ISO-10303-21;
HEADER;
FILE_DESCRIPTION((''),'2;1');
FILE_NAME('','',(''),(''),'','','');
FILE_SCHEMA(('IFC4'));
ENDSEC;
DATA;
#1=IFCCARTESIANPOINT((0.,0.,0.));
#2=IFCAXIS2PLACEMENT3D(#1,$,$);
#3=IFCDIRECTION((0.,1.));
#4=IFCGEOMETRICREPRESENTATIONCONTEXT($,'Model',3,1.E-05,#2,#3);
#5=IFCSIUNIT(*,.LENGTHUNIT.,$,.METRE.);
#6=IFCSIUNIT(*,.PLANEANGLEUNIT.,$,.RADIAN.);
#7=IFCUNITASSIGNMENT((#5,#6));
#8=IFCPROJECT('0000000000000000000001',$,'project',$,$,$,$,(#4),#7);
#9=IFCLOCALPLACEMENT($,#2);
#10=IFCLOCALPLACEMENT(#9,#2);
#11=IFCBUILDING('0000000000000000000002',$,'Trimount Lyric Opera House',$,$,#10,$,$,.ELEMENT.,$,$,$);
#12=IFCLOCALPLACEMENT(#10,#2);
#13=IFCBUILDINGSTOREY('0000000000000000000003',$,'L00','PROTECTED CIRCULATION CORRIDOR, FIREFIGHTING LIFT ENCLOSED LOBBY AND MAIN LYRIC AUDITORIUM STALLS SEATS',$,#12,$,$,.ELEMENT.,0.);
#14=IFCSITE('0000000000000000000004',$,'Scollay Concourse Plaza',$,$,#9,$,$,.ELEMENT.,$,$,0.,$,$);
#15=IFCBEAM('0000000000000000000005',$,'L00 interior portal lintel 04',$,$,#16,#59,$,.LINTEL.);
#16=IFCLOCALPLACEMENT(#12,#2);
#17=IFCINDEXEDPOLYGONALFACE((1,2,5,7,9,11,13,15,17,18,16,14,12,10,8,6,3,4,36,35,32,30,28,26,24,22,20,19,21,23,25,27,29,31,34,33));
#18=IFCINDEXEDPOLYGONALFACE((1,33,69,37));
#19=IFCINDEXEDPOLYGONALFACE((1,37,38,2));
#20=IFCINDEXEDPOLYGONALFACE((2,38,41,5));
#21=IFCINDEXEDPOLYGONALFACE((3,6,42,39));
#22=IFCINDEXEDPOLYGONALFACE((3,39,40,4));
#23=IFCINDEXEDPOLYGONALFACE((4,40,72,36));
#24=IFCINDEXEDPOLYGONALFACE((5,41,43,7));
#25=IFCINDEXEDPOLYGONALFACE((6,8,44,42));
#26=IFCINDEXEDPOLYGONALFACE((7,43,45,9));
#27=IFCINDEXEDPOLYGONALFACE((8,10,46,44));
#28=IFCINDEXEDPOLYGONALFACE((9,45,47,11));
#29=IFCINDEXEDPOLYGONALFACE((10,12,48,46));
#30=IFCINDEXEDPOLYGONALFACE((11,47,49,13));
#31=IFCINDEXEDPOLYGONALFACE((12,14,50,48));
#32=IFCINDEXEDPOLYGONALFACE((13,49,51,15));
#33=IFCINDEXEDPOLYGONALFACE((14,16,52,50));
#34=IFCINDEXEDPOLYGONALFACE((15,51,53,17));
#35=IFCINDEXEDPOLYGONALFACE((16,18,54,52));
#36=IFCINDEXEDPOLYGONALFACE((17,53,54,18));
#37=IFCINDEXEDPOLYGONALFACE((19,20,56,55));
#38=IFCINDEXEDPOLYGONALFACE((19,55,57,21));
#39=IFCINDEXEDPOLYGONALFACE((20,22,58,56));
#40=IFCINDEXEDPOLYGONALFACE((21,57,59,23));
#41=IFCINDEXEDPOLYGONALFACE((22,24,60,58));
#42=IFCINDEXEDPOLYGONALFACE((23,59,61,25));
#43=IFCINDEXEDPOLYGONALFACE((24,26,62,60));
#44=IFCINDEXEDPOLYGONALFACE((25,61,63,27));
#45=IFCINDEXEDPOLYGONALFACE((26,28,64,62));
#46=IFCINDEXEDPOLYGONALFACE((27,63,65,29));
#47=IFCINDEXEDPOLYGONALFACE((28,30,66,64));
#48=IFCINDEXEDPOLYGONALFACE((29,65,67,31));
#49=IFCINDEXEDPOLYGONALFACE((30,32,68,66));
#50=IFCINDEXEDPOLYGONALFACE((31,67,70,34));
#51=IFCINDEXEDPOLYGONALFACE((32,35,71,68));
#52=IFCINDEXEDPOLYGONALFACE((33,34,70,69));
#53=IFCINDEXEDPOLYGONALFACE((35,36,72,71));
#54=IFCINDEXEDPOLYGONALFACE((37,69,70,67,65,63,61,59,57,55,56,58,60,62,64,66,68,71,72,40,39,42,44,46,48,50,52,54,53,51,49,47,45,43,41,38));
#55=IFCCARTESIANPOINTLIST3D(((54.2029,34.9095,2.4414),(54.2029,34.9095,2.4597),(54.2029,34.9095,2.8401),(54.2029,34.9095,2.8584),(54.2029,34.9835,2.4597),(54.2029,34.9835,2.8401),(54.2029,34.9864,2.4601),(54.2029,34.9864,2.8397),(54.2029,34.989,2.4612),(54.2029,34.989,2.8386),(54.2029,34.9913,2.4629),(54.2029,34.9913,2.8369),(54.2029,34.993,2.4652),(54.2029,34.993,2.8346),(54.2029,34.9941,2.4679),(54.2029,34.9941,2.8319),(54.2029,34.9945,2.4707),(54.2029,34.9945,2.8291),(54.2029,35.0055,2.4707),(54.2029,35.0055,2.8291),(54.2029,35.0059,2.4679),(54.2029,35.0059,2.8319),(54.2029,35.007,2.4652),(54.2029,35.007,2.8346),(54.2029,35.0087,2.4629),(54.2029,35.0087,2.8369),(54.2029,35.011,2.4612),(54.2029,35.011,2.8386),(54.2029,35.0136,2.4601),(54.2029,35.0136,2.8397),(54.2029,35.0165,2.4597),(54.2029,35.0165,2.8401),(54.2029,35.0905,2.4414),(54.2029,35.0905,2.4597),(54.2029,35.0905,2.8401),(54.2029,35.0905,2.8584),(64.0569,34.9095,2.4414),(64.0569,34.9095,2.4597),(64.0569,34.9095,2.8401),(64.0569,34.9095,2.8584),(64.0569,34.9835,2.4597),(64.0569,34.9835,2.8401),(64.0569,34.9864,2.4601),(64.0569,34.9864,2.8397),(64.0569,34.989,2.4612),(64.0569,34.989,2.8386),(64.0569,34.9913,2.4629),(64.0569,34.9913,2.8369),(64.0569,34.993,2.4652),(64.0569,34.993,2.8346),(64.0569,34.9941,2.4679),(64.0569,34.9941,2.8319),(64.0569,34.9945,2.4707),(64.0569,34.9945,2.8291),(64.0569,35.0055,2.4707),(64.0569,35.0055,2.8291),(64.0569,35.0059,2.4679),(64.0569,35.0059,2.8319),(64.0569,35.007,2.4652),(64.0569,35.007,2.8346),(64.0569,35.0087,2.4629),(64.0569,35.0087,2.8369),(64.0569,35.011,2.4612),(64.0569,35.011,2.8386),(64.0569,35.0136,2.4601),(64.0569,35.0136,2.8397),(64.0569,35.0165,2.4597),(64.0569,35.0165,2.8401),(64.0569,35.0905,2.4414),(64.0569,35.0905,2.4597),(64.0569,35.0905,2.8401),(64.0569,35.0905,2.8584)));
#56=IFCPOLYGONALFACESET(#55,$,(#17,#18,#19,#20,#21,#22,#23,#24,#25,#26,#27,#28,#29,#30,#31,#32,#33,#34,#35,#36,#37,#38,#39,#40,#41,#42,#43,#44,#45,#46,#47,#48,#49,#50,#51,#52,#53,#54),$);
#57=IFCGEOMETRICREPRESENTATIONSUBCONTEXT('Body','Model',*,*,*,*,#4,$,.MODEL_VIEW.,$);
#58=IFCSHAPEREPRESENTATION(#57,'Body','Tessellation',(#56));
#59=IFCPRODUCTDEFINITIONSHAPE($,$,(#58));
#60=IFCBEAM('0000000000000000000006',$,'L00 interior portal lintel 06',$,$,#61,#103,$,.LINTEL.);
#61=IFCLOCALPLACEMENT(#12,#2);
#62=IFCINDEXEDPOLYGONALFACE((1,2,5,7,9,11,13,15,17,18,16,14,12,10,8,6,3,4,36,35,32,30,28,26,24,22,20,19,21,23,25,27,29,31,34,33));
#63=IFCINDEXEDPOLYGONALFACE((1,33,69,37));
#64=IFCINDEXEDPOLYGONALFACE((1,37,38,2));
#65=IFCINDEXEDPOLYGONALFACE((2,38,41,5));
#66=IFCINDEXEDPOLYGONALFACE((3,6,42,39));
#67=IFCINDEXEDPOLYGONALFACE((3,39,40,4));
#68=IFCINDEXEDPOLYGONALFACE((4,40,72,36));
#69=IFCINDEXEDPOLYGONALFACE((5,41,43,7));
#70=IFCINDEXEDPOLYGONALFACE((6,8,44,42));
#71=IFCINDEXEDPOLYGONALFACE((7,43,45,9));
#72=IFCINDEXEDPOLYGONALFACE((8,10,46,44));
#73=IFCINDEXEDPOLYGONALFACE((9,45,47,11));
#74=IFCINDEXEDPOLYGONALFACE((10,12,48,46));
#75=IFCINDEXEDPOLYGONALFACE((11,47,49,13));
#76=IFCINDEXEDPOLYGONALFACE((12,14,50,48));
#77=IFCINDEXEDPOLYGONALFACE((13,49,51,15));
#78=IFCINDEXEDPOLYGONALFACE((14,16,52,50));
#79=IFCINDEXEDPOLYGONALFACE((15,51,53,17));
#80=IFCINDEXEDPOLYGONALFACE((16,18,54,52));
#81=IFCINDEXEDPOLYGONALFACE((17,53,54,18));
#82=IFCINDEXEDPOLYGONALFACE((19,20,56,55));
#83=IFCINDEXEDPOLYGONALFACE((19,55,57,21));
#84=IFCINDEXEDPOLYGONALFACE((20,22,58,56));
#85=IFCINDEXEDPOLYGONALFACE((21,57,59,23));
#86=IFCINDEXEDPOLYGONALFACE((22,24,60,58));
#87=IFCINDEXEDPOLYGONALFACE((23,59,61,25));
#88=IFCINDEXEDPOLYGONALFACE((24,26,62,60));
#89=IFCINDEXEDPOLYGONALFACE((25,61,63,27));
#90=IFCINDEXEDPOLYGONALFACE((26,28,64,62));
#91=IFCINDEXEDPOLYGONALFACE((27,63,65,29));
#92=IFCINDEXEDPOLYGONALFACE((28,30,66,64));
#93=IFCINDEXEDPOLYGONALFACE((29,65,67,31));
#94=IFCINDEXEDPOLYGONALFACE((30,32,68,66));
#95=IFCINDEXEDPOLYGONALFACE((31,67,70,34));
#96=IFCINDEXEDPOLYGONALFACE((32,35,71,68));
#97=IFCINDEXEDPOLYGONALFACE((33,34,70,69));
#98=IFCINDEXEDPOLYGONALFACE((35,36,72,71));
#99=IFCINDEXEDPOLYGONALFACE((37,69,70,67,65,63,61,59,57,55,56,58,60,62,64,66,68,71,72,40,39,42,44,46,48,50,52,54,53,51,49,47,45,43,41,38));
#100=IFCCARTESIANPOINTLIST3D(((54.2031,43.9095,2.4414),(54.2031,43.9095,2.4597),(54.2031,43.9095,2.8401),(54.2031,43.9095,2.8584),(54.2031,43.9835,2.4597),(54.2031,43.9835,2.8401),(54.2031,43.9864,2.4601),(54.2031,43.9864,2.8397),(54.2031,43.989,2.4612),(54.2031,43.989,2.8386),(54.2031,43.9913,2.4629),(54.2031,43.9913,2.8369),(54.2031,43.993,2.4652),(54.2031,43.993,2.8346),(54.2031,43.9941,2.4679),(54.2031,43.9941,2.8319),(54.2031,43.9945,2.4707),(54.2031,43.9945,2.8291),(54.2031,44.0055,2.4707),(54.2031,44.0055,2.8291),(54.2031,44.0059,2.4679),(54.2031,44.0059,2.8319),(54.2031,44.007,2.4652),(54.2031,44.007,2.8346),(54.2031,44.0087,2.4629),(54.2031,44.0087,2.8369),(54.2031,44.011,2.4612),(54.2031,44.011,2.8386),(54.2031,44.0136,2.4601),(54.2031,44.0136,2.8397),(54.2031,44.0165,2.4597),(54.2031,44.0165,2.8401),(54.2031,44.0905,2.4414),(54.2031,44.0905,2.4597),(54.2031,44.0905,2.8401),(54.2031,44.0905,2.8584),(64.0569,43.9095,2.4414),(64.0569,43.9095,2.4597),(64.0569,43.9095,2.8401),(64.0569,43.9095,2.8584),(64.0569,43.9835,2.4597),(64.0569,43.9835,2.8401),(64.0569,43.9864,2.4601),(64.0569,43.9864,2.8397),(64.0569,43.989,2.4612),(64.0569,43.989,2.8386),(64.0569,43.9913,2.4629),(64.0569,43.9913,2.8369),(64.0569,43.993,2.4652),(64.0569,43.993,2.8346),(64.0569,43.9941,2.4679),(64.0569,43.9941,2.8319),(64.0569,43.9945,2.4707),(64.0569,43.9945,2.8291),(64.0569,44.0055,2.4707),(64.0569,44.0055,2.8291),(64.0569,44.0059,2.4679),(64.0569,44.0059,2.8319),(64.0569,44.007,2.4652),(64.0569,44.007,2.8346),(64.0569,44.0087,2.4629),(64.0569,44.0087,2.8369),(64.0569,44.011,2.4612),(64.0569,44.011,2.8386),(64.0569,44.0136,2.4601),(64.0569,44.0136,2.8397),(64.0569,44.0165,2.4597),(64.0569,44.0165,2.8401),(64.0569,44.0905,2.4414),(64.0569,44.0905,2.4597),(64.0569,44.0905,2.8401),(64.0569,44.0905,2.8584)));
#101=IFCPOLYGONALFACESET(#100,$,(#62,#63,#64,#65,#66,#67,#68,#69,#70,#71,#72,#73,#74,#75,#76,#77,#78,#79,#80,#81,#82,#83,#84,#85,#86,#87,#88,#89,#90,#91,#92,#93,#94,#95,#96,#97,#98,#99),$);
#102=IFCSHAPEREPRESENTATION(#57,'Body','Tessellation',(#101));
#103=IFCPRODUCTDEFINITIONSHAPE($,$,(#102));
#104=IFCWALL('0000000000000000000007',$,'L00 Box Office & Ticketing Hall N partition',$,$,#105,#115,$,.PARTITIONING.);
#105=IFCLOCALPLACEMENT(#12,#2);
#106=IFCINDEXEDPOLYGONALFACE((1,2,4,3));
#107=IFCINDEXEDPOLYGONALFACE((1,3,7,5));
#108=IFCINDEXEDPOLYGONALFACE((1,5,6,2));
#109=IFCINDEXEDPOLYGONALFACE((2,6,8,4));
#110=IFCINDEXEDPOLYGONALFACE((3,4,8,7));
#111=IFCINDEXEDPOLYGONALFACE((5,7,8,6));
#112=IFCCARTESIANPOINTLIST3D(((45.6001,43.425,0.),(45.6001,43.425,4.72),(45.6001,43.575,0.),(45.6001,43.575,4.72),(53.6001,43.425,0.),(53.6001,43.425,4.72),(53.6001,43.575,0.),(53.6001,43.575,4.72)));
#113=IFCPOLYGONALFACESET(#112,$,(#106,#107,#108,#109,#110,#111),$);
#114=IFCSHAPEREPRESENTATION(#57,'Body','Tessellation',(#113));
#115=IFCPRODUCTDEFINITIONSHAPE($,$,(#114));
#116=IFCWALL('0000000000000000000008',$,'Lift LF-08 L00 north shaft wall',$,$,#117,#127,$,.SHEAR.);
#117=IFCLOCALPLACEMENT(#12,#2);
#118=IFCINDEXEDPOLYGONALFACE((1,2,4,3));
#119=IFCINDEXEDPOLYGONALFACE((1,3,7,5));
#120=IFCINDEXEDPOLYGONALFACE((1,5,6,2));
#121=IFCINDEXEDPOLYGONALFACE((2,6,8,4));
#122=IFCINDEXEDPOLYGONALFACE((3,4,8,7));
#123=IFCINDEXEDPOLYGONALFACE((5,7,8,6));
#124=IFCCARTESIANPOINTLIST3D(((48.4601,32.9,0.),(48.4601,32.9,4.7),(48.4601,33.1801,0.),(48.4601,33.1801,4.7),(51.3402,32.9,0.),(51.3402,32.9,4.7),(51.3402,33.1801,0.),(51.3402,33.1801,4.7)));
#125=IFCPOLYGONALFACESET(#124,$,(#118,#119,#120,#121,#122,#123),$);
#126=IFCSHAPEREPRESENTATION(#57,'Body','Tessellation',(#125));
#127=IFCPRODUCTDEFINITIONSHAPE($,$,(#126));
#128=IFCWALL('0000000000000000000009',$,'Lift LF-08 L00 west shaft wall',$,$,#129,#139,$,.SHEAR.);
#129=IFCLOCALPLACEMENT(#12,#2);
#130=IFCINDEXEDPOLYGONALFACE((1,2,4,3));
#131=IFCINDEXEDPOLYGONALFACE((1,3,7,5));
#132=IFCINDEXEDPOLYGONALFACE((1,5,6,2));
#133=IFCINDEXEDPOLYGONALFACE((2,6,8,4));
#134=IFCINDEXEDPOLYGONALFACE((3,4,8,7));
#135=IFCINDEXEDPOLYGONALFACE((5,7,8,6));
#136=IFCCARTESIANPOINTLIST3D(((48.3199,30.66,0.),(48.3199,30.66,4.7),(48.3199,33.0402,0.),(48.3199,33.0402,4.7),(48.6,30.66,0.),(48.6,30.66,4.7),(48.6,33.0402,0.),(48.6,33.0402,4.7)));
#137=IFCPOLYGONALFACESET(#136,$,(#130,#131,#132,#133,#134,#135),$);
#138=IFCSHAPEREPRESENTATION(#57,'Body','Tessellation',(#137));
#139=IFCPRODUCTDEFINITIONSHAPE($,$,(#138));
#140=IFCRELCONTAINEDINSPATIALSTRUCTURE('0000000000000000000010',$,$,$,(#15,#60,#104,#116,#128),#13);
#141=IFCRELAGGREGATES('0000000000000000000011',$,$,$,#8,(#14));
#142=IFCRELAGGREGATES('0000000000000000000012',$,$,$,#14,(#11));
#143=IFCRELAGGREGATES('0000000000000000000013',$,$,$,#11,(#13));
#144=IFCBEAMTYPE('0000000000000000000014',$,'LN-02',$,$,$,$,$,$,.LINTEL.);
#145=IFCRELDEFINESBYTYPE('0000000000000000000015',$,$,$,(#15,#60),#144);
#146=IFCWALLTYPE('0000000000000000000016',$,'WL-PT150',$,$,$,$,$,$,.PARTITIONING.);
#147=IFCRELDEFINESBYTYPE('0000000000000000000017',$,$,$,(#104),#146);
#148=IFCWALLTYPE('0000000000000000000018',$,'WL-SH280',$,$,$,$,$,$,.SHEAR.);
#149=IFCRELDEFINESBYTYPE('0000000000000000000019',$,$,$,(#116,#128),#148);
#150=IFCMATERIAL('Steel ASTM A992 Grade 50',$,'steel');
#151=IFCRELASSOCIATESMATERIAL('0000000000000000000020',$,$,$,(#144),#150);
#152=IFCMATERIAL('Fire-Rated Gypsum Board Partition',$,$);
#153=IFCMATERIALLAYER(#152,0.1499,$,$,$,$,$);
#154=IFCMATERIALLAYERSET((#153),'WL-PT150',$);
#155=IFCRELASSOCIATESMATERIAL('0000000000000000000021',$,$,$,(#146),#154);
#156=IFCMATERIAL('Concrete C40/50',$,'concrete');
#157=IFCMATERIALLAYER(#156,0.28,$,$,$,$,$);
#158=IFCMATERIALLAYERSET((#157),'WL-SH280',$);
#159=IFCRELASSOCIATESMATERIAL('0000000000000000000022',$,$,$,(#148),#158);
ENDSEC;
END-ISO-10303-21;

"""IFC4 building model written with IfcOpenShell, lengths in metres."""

from ifc_helpers import new_model, si_unit, direction, frame, frame_2d, origin, origin_2d, place, context, subcontext, project, spatial, rectangle, i_section, extrude, material, layer, layer_set, material_profile, profile_set, type_object, element, save


model = new_model("IFC4")

# Units and contexts
model_context = context("Model", 3, precision=1e-05, world=origin(), true_north=direction((0.0, 1.0)))
body_context = subcontext(model_context, "Body", "Model", "MODEL_VIEW")
ifc_project = project(units=[si_unit("LENGTHUNIT", "METRE"), si_unit("PLANEANGLEUNIT", "RADIAN")], contexts=[model_context])

# Site, building, storey
site_placement = place(None, origin())
site = spatial("IfcSite", under=ifc_project, at=site_placement, Name="Scollay Concourse Plaza", CompositionType="ELEMENT", RefElevation=0.0)
building_placement = place(site_placement, origin())
building = spatial("IfcBuilding", under=site, at=building_placement, Name="Trimount Lyric Opera House", CompositionType="ELEMENT")
storey_placement = place(building_placement, origin())
storey = spatial("IfcBuildingStorey", under=building, at=storey_placement, Name="L00", Description="PROTECTED CIRCULATION CORRIDOR, FIREFIGHTING LIFT ENCLOSED LOBBY AND MAIN LYRIC AUDITORIUM STALLS SEATS", CompositionType="ELEMENT", Elevation=0.0)

# Beams
ifc_material_1 = material(Name="Steel ASTM A992 Grade 50", Category="steel")
ifc_material_profile_1 = material_profile(ifc_material_1, i_section(OverallWidth=0.1809, OverallDepth=0.417, WebThickness=0.011, FlangeThickness=0.0183, FilletRadius=0.011, at=origin_2d()), Name="W16X57")
ifc_profile_set_1 = profile_set([ifc_material_profile_1], Name="Steel ASTM A992 Grade 50")
beam_type_1 = type_object("IfcBeamType", Name="LN-02", PredefinedType="LINTEL", material=ifc_profile_set_1)
beam_1_placement = place(storey_placement, frame((54.2029, 35.0, 2.6499), z_axis=(1.0, 0.0, 0.0), x_axis=(0.0, 1.0, 0.0)))
element("IfcBeam", 1, at=beam_1_placement, inside=storey, type_object=beam_type_1, Name="L00 interior portal lintel 04", PredefinedType="LINTEL", context=body_context, shape_type="SweptSolid", body=[
    extrude(i_section(OverallWidth=0.1809, OverallDepth=0.417, WebThickness=0.011, FlangeThickness=0.0183, FilletRadius=0.011, at=origin_2d()), origin(), (0.0, 0.0, 1.0), 9.854),
])
beam_2_placement = place(storey_placement, frame((54.2031, 44.0, 2.6499), z_axis=(1.0, 0.0, 0.0), x_axis=(0.0, 1.0, 0.0)))
element("IfcBeam", 2, at=beam_2_placement, inside=storey, type_object=beam_type_1, Name="L00 interior portal lintel 06", PredefinedType="LINTEL", context=body_context, shape_type="SweptSolid", body=[
    extrude(i_section(OverallWidth=0.1809, OverallDepth=0.417, WebThickness=0.011, FlangeThickness=0.0183, FilletRadius=0.011, at=origin_2d()), origin(), (0.0, 0.0, 1.0), 9.8538),
])

# Walls
ifc_material_2 = material(Name="Fire-Rated Gypsum Board Partition")
ifc_layer_1 = layer(ifc_material_2, 0.1499)
ifc_layer_set_1 = layer_set([ifc_layer_1], Name="WL-PT150")
wall_type_1 = type_object("IfcWallType", Name="WL-PT150", PredefinedType="PARTITIONING", material=ifc_layer_set_1)
wall_1_placement = place(storey_placement, frame((53.6001, 43.5, 0.0), z_axis=(0.0, 0.0, 1.0), x_axis=(-1.0, 0.0, 0.0)))
element("IfcWall", 3, at=wall_1_placement, inside=storey, type_object=wall_type_1, Name="L00 Box Office & Ticketing Hall N partition", PredefinedType="PARTITIONING", context=body_context, shape_type="SweptSolid", body=[
    extrude(rectangle(XDim=8.0, YDim=0.1499, at=frame_2d((4.0, 0.0))), origin(), (0.0, 0.0, 1.0), 4.72),
])
ifc_material_3 = material(Name="Concrete C40/50", Category="concrete")
ifc_layer_2 = layer(ifc_material_3, 0.28)
ifc_layer_set_2 = layer_set([ifc_layer_2], Name="WL-SH280")
wall_type_2 = type_object("IfcWallType", Name="WL-SH280", PredefinedType="SHEAR", material=ifc_layer_set_2)
wall_2_placement = place(storey_placement, frame((51.3401, 33.04, 0.0), z_axis=(0.0, 0.0, 1.0), x_axis=(-1.0, 0.0, 0.0)))
element("IfcWall", 4, at=wall_2_placement, inside=storey, type_object=wall_type_2, Name="Lift LF-08 L00 north shaft wall", PredefinedType="SHEAR", context=body_context, shape_type="SweptSolid", body=[
    extrude(rectangle(XDim=2.8801, YDim=0.28, at=frame_2d((1.4399, 0.0))), origin(), (0.0, 0.0, 1.0), 4.7),
])
wall_3_placement = place(storey_placement, frame((48.46, 33.04, 0.0), z_axis=(0.0, 0.0, 1.0), x_axis=(0.0, -1.0, 0.0)))
element("IfcWall", 5, at=wall_3_placement, inside=storey, type_object=wall_type_2, Name="Lift LF-08 L00 west shaft wall", PredefinedType="SHEAR", context=body_context, shape_type="SweptSolid", body=[
    extrude(rectangle(XDim=2.3801, YDim=0.28, at=frame_2d((1.1899, 0.0))), origin(), (0.0, 0.0, 1.0), 4.7),
])

save(model, "model.ifc")
